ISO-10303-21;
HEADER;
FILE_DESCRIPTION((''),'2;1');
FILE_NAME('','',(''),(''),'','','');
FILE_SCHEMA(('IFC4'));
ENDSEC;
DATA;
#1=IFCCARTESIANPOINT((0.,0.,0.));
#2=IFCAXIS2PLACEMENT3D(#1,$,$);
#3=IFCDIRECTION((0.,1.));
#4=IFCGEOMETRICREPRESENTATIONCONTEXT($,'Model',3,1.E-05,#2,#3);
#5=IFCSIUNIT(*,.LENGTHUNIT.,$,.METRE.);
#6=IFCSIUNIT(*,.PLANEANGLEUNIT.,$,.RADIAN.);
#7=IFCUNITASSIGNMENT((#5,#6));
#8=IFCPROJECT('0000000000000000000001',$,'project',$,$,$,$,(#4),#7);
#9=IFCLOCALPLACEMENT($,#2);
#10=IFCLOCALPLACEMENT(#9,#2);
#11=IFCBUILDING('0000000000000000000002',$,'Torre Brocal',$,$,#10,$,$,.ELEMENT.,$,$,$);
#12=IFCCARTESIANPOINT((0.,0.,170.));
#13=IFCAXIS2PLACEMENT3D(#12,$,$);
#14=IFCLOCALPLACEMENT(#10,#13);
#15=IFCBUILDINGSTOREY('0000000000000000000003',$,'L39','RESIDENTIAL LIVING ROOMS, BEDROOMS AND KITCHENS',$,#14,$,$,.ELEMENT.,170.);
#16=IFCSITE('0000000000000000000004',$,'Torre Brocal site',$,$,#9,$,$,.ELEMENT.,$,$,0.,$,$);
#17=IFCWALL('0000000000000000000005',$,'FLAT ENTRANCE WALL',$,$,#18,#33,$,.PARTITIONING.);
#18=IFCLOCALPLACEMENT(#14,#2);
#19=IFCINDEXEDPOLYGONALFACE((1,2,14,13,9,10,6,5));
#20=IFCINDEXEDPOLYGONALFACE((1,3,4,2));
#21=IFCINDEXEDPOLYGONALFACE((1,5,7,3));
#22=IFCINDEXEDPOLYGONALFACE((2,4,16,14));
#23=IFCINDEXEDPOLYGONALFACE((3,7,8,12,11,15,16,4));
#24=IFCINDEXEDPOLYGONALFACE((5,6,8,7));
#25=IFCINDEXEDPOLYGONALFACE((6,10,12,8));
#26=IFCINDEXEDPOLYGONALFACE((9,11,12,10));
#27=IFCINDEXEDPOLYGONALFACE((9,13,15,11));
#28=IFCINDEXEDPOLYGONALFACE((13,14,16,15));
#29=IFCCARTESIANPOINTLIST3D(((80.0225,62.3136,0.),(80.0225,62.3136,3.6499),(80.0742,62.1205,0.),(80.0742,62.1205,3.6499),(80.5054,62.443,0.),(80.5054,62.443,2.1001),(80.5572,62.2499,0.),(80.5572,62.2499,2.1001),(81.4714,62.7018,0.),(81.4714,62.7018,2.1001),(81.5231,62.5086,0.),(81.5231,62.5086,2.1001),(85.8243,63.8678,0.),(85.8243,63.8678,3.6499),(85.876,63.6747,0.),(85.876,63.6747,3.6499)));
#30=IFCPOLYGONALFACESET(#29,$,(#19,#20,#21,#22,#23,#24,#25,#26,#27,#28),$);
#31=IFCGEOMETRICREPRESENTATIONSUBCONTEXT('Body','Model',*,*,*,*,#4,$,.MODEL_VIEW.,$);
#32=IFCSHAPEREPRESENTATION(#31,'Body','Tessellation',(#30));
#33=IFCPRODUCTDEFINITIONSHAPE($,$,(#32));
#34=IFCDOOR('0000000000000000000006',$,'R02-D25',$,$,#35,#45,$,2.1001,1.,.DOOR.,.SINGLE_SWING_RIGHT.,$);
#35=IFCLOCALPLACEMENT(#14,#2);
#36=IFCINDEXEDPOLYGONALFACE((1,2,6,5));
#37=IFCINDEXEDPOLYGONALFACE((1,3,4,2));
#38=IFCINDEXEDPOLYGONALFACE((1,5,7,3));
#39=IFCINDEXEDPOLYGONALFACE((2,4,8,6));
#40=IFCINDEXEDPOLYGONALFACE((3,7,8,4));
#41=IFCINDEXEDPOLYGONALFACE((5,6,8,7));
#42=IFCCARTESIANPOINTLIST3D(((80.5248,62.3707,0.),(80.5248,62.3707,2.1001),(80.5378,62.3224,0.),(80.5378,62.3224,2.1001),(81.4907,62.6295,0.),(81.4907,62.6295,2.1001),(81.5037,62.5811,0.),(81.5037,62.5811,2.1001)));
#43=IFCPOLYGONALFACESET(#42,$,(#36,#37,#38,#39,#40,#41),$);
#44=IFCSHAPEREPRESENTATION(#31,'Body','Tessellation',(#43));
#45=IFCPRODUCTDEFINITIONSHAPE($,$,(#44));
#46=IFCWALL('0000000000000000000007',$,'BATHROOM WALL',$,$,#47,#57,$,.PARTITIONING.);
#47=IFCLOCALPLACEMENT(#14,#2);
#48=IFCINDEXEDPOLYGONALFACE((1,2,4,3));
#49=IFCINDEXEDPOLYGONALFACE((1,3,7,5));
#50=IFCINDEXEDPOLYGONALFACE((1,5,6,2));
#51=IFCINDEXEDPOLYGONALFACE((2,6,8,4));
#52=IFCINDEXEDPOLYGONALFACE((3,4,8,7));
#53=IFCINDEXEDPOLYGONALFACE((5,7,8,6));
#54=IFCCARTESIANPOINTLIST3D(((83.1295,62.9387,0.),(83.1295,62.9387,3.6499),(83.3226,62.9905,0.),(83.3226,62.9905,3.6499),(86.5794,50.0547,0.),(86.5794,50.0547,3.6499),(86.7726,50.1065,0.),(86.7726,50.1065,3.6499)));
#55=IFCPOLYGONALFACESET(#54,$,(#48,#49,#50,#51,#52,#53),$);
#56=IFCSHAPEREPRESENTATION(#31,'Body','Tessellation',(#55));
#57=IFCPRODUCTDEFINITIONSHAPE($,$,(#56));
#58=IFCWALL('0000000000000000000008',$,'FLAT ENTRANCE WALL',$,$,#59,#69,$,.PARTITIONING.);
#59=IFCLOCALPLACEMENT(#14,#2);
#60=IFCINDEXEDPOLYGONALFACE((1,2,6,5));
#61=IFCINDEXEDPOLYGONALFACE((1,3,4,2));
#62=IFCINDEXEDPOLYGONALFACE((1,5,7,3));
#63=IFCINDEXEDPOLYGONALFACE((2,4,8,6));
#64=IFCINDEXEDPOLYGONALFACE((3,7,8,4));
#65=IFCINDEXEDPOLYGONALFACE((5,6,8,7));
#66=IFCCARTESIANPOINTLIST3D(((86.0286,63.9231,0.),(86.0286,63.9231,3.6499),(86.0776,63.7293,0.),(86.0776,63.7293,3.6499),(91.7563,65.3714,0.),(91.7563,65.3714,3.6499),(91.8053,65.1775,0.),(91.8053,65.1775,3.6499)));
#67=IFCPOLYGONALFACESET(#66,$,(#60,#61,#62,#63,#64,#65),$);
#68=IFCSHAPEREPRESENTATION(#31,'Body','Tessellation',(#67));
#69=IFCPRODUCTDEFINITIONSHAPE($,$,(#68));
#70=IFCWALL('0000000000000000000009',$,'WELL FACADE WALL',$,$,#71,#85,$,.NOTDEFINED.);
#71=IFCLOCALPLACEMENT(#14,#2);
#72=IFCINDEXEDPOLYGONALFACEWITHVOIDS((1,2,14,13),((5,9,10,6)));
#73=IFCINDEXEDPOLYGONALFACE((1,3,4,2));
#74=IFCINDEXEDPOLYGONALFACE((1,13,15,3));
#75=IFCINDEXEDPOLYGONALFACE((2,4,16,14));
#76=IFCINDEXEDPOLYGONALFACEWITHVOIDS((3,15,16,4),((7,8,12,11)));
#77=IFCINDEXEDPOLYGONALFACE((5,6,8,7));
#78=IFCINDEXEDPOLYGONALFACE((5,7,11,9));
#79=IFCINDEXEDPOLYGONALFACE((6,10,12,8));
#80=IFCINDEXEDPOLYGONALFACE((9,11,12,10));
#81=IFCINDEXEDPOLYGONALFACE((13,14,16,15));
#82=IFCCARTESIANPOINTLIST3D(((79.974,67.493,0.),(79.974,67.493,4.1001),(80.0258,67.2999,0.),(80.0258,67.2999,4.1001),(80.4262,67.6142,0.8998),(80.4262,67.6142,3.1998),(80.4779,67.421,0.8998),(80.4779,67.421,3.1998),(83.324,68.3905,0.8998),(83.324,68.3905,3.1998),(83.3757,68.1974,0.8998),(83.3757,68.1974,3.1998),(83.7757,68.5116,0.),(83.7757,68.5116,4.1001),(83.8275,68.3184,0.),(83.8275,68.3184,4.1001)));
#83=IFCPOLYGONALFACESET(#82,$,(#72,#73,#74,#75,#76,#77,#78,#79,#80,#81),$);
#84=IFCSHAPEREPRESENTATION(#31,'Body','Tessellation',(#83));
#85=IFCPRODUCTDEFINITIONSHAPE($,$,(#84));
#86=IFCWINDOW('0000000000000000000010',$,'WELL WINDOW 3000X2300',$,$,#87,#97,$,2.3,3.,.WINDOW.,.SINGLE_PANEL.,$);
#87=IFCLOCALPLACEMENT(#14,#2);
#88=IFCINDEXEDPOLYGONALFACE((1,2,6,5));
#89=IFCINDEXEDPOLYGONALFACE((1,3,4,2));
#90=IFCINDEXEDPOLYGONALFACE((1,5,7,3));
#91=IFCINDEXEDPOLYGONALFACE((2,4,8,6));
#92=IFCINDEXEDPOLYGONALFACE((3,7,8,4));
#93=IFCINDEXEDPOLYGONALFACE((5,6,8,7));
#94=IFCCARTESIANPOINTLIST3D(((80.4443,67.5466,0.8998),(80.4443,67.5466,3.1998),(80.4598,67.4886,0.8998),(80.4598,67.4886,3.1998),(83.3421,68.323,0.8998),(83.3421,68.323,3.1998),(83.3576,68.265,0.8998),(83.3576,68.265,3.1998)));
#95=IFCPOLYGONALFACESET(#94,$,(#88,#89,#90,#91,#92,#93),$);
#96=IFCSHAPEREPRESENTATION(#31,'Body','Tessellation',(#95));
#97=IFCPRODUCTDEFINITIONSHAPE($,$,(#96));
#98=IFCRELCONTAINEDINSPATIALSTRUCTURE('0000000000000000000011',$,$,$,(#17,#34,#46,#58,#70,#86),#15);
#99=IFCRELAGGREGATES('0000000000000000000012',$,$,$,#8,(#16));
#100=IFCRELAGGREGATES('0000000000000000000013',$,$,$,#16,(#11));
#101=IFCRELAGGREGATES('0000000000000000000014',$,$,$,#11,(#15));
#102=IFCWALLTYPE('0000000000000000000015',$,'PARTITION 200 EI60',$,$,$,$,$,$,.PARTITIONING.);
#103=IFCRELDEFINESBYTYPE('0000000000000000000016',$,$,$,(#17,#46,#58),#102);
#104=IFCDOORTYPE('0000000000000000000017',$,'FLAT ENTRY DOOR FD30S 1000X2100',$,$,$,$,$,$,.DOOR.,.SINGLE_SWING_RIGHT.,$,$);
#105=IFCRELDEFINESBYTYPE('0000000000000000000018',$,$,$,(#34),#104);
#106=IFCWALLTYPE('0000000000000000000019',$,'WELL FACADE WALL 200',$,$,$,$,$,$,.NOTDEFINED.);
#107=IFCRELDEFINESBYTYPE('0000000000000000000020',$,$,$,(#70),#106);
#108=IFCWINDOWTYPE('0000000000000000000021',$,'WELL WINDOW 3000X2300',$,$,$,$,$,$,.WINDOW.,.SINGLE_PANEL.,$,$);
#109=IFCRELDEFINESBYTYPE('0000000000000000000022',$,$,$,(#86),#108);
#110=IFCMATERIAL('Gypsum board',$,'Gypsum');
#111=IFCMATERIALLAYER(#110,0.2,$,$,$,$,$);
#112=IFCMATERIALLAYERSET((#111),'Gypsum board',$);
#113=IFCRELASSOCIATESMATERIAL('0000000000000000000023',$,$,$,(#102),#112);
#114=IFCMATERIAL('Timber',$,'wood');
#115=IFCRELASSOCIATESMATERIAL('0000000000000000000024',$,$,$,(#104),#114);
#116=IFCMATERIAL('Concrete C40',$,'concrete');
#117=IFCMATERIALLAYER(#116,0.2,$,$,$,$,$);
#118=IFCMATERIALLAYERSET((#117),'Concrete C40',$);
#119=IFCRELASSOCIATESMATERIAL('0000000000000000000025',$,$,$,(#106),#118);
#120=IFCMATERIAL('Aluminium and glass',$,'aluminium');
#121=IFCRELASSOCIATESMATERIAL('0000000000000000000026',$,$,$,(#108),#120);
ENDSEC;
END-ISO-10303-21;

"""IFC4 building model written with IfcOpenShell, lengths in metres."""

from ifc_helpers import new_model, si_unit, direction, frame, frame_2d, origin, place, context, subcontext, project, spatial, rectangle, extrude, material, layer, layer_set, type_object, element, fill, save


model = new_model("IFC4")

# Units and contexts
model_context = context("Model", 3, precision=1e-05, world=origin(), true_north=direction((0.0, 1.0)))
body_context = subcontext(model_context, "Body", "Model", "MODEL_VIEW")
ifc_project = project(units=[si_unit("LENGTHUNIT", "METRE"), si_unit("PLANEANGLEUNIT", "RADIAN")], contexts=[model_context])

# Site, building, storey
site_placement = place(None, origin())
site = spatial("IfcSite", under=ifc_project, at=site_placement, Name="Torre Brocal site", CompositionType="ELEMENT", RefElevation=0.0)
building_placement = place(site_placement, origin())
building = spatial("IfcBuilding", under=site, at=building_placement, Name="Torre Brocal", CompositionType="ELEMENT")
storey_placement = place(building_placement, frame((0.0, 0.0, 170.0)))
storey = spatial("IfcBuildingStorey", under=building, at=storey_placement, Name="L39", Description="RESIDENTIAL LIVING ROOMS, BEDROOMS AND KITCHENS", CompositionType="ELEMENT", Elevation=170.0)

# Wall, opening, door
ifc_material_1 = material(Name="Gypsum board", Category="Gypsum")
ifc_layer_1 = layer(ifc_material_1, 0.2)
ifc_layer_set_1 = layer_set([ifc_layer_1], Name="Gypsum board")
wall_type_1 = type_object("IfcWallType", Name="PARTITION 200 EI60", PredefinedType="PARTITIONING", material=ifc_layer_set_1)
wall_1_placement = place(storey_placement, frame((80.0483, 62.217, 0.0), z_axis=(0.0, 0.0, 1.0), x_axis=(0.965942, 0.25876, 0.0)))
wall_1 = element("IfcWall", 1, at=wall_1_placement, inside=storey, type_object=wall_type_1, Name="FLAT ENTRANCE WALL", PredefinedType="PARTITIONING", context=body_context, shape_type="SweptSolid", body=[
    extrude(rectangle(XDim=6.0063, YDim=0.2, at=frame_2d((3.0032, 0.0))), origin(), (0.0, 0.0, 1.0), 3.6499),
])
opening_1_placement = place(wall_1_placement, frame((0.5, 0.0, 0.0)))
opening_1 = element("IfcOpeningElement", 2, at=opening_1_placement, cuts=wall_1, PredefinedType="OPENING", context=body_context, shape_type="SweptSolid", body=[
    extrude(rectangle(XDim=1.0, YDim=2.1001, at=frame_2d((0.5, 1.05))), frame((0.0, 0.1099, 0.0), z_axis=(0.0, -1.0, 0.0), x_axis=(1.0, 0.0, 0.0)), (0.0, 0.0, 1.0), 0.22),
])
ifc_material_2 = material(Name="Timber", Category="wood")
door_type_1 = type_object("IfcDoorType", Name="FLAT ENTRY DOOR FD30S 1000X2100", OperationType="SINGLE_SWING_RIGHT", PredefinedType="DOOR", material=ifc_material_2)
door_1_placement = place(opening_1_placement, frame((1.0, 0.0, 0.0), z_axis=(0.0, 0.0, 1.0), x_axis=(-1.0, 0.0, 0.0)))
door_1 = element("IfcDoor", 3, at=door_1_placement, inside=storey, type_object=door_type_1, Name="R02-D25", OperationType="SINGLE_SWING_RIGHT", OverallHeight=2.1001, OverallWidth=1.0, PredefinedType="DOOR", context=body_context, shape_type="SweptSolid", body=[
    extrude(rectangle(XDim=1.0, YDim=2.1001, at=frame_2d((0.5, 1.05))), frame((0.0, 0.0249, 0.0), z_axis=(0.0, -1.0, 0.0), x_axis=(1.0, 0.0, 0.0)), (0.0, 0.0, 1.0), 0.05),
])
fill(opening_1, door_1)

# Walls
wall_2_placement = place(storey_placement, frame((83.2261, 62.9646, 0.0), z_axis=(0.0, 0.0, 1.0), x_axis=(0.258657, -0.965969, 0.0)))
element("IfcWall", 4, at=wall_2_placement, inside=storey, type_object=wall_type_1, Name="BATHROOM WALL", PredefinedType="PARTITIONING", context=body_context, shape_type="SweptSolid", body=[
    extrude(rectangle(XDim=13.3379, YDim=0.2, at=frame_2d((6.6689, 0.0))), origin(), (0.0, 0.0, 1.0), 3.6499),
])
wall_3_placement = place(storey_placement, frame((86.053, 63.8262, 0.0), z_axis=(0.0, 0.0, 1.0), x_axis=(0.96949, 0.245131, 0.0)))
element("IfcWall", 5, at=wall_3_placement, inside=storey, type_object=wall_type_1, Name="FLAT ENTRANCE WALL", PredefinedType="PARTITIONING", context=body_context, shape_type="SweptSolid", body=[
    extrude(rectangle(XDim=5.908, YDim=0.2, at=frame_2d((2.9541, 0.0))), origin(), (0.0, 0.0, 1.0), 3.6499),
])

# Wall, opening, window
ifc_material_3 = material(Name="Concrete C40", Category="concrete")
ifc_layer_2 = layer(ifc_material_3, 0.2)
ifc_layer_set_2 = layer_set([ifc_layer_2], Name="Concrete C40")
wall_type_2 = type_object("IfcWallType", Name="WELL FACADE WALL 200", PredefinedType="NOTDEFINED", material=ifc_layer_set_2)
wall_4_placement = place(storey_placement, frame((80.0, 67.3965, 0.0), z_axis=(0.0, 0.0, 1.0), x_axis=(0.965934, 0.25879, 0.0)))
wall_4 = element("IfcWall", 6, at=wall_4_placement, inside=storey, type_object=wall_type_2, Name="WELL FACADE WALL", PredefinedType="NOTDEFINED", context=body_context, shape_type="SweptSolid", body=[
    extrude(rectangle(XDim=3.9358, YDim=0.2, at=frame_2d((1.9678, 0.0))), origin(), (0.0, 0.0, 1.0), 4.1001),
])
opening_2_placement = place(wall_4_placement, frame((0.468, 0.0, 0.8999)))
opening_2 = element("IfcOpeningElement", 7, at=opening_2_placement, cuts=wall_4, PredefinedType="OPENING", context=body_context, shape_type="SweptSolid", body=[
    extrude(rectangle(XDim=3.0, YDim=2.3, at=frame_2d((1.5, 1.1499))), frame((0.0, 0.1099, 0.0), z_axis=(0.0, -1.0, 0.0), x_axis=(1.0, 0.0, 0.0)), (0.0, 0.0, 1.0), 0.22),
])
ifc_material_4 = material(Name="Aluminium and glass", Category="aluminium")
window_type = type_object("IfcWindowType", Name="WELL WINDOW 3000X2300", PartitioningType="SINGLE_PANEL", PredefinedType="WINDOW", material=ifc_material_4)
window_placement = place(opening_2_placement, origin())
window = element("IfcWindow", 8, at=window_placement, inside=storey, type_object=window_type, Name="WELL WINDOW 3000X2300", OverallHeight=2.3, OverallWidth=3.0, PartitioningType="SINGLE_PANEL", PredefinedType="WINDOW", context=body_context, shape_type="SweptSolid", body=[
    extrude(rectangle(XDim=3.0, YDim=2.3, at=frame_2d((1.5, 1.1499))), frame((0.0, 0.03, 0.0), z_axis=(0.0, -1.0, 0.0), x_axis=(1.0, 0.0, 0.0)), (0.0, 0.0, 1.0), 0.0601),
])
fill(opening_2, window)

save(model, "model.ifc")
